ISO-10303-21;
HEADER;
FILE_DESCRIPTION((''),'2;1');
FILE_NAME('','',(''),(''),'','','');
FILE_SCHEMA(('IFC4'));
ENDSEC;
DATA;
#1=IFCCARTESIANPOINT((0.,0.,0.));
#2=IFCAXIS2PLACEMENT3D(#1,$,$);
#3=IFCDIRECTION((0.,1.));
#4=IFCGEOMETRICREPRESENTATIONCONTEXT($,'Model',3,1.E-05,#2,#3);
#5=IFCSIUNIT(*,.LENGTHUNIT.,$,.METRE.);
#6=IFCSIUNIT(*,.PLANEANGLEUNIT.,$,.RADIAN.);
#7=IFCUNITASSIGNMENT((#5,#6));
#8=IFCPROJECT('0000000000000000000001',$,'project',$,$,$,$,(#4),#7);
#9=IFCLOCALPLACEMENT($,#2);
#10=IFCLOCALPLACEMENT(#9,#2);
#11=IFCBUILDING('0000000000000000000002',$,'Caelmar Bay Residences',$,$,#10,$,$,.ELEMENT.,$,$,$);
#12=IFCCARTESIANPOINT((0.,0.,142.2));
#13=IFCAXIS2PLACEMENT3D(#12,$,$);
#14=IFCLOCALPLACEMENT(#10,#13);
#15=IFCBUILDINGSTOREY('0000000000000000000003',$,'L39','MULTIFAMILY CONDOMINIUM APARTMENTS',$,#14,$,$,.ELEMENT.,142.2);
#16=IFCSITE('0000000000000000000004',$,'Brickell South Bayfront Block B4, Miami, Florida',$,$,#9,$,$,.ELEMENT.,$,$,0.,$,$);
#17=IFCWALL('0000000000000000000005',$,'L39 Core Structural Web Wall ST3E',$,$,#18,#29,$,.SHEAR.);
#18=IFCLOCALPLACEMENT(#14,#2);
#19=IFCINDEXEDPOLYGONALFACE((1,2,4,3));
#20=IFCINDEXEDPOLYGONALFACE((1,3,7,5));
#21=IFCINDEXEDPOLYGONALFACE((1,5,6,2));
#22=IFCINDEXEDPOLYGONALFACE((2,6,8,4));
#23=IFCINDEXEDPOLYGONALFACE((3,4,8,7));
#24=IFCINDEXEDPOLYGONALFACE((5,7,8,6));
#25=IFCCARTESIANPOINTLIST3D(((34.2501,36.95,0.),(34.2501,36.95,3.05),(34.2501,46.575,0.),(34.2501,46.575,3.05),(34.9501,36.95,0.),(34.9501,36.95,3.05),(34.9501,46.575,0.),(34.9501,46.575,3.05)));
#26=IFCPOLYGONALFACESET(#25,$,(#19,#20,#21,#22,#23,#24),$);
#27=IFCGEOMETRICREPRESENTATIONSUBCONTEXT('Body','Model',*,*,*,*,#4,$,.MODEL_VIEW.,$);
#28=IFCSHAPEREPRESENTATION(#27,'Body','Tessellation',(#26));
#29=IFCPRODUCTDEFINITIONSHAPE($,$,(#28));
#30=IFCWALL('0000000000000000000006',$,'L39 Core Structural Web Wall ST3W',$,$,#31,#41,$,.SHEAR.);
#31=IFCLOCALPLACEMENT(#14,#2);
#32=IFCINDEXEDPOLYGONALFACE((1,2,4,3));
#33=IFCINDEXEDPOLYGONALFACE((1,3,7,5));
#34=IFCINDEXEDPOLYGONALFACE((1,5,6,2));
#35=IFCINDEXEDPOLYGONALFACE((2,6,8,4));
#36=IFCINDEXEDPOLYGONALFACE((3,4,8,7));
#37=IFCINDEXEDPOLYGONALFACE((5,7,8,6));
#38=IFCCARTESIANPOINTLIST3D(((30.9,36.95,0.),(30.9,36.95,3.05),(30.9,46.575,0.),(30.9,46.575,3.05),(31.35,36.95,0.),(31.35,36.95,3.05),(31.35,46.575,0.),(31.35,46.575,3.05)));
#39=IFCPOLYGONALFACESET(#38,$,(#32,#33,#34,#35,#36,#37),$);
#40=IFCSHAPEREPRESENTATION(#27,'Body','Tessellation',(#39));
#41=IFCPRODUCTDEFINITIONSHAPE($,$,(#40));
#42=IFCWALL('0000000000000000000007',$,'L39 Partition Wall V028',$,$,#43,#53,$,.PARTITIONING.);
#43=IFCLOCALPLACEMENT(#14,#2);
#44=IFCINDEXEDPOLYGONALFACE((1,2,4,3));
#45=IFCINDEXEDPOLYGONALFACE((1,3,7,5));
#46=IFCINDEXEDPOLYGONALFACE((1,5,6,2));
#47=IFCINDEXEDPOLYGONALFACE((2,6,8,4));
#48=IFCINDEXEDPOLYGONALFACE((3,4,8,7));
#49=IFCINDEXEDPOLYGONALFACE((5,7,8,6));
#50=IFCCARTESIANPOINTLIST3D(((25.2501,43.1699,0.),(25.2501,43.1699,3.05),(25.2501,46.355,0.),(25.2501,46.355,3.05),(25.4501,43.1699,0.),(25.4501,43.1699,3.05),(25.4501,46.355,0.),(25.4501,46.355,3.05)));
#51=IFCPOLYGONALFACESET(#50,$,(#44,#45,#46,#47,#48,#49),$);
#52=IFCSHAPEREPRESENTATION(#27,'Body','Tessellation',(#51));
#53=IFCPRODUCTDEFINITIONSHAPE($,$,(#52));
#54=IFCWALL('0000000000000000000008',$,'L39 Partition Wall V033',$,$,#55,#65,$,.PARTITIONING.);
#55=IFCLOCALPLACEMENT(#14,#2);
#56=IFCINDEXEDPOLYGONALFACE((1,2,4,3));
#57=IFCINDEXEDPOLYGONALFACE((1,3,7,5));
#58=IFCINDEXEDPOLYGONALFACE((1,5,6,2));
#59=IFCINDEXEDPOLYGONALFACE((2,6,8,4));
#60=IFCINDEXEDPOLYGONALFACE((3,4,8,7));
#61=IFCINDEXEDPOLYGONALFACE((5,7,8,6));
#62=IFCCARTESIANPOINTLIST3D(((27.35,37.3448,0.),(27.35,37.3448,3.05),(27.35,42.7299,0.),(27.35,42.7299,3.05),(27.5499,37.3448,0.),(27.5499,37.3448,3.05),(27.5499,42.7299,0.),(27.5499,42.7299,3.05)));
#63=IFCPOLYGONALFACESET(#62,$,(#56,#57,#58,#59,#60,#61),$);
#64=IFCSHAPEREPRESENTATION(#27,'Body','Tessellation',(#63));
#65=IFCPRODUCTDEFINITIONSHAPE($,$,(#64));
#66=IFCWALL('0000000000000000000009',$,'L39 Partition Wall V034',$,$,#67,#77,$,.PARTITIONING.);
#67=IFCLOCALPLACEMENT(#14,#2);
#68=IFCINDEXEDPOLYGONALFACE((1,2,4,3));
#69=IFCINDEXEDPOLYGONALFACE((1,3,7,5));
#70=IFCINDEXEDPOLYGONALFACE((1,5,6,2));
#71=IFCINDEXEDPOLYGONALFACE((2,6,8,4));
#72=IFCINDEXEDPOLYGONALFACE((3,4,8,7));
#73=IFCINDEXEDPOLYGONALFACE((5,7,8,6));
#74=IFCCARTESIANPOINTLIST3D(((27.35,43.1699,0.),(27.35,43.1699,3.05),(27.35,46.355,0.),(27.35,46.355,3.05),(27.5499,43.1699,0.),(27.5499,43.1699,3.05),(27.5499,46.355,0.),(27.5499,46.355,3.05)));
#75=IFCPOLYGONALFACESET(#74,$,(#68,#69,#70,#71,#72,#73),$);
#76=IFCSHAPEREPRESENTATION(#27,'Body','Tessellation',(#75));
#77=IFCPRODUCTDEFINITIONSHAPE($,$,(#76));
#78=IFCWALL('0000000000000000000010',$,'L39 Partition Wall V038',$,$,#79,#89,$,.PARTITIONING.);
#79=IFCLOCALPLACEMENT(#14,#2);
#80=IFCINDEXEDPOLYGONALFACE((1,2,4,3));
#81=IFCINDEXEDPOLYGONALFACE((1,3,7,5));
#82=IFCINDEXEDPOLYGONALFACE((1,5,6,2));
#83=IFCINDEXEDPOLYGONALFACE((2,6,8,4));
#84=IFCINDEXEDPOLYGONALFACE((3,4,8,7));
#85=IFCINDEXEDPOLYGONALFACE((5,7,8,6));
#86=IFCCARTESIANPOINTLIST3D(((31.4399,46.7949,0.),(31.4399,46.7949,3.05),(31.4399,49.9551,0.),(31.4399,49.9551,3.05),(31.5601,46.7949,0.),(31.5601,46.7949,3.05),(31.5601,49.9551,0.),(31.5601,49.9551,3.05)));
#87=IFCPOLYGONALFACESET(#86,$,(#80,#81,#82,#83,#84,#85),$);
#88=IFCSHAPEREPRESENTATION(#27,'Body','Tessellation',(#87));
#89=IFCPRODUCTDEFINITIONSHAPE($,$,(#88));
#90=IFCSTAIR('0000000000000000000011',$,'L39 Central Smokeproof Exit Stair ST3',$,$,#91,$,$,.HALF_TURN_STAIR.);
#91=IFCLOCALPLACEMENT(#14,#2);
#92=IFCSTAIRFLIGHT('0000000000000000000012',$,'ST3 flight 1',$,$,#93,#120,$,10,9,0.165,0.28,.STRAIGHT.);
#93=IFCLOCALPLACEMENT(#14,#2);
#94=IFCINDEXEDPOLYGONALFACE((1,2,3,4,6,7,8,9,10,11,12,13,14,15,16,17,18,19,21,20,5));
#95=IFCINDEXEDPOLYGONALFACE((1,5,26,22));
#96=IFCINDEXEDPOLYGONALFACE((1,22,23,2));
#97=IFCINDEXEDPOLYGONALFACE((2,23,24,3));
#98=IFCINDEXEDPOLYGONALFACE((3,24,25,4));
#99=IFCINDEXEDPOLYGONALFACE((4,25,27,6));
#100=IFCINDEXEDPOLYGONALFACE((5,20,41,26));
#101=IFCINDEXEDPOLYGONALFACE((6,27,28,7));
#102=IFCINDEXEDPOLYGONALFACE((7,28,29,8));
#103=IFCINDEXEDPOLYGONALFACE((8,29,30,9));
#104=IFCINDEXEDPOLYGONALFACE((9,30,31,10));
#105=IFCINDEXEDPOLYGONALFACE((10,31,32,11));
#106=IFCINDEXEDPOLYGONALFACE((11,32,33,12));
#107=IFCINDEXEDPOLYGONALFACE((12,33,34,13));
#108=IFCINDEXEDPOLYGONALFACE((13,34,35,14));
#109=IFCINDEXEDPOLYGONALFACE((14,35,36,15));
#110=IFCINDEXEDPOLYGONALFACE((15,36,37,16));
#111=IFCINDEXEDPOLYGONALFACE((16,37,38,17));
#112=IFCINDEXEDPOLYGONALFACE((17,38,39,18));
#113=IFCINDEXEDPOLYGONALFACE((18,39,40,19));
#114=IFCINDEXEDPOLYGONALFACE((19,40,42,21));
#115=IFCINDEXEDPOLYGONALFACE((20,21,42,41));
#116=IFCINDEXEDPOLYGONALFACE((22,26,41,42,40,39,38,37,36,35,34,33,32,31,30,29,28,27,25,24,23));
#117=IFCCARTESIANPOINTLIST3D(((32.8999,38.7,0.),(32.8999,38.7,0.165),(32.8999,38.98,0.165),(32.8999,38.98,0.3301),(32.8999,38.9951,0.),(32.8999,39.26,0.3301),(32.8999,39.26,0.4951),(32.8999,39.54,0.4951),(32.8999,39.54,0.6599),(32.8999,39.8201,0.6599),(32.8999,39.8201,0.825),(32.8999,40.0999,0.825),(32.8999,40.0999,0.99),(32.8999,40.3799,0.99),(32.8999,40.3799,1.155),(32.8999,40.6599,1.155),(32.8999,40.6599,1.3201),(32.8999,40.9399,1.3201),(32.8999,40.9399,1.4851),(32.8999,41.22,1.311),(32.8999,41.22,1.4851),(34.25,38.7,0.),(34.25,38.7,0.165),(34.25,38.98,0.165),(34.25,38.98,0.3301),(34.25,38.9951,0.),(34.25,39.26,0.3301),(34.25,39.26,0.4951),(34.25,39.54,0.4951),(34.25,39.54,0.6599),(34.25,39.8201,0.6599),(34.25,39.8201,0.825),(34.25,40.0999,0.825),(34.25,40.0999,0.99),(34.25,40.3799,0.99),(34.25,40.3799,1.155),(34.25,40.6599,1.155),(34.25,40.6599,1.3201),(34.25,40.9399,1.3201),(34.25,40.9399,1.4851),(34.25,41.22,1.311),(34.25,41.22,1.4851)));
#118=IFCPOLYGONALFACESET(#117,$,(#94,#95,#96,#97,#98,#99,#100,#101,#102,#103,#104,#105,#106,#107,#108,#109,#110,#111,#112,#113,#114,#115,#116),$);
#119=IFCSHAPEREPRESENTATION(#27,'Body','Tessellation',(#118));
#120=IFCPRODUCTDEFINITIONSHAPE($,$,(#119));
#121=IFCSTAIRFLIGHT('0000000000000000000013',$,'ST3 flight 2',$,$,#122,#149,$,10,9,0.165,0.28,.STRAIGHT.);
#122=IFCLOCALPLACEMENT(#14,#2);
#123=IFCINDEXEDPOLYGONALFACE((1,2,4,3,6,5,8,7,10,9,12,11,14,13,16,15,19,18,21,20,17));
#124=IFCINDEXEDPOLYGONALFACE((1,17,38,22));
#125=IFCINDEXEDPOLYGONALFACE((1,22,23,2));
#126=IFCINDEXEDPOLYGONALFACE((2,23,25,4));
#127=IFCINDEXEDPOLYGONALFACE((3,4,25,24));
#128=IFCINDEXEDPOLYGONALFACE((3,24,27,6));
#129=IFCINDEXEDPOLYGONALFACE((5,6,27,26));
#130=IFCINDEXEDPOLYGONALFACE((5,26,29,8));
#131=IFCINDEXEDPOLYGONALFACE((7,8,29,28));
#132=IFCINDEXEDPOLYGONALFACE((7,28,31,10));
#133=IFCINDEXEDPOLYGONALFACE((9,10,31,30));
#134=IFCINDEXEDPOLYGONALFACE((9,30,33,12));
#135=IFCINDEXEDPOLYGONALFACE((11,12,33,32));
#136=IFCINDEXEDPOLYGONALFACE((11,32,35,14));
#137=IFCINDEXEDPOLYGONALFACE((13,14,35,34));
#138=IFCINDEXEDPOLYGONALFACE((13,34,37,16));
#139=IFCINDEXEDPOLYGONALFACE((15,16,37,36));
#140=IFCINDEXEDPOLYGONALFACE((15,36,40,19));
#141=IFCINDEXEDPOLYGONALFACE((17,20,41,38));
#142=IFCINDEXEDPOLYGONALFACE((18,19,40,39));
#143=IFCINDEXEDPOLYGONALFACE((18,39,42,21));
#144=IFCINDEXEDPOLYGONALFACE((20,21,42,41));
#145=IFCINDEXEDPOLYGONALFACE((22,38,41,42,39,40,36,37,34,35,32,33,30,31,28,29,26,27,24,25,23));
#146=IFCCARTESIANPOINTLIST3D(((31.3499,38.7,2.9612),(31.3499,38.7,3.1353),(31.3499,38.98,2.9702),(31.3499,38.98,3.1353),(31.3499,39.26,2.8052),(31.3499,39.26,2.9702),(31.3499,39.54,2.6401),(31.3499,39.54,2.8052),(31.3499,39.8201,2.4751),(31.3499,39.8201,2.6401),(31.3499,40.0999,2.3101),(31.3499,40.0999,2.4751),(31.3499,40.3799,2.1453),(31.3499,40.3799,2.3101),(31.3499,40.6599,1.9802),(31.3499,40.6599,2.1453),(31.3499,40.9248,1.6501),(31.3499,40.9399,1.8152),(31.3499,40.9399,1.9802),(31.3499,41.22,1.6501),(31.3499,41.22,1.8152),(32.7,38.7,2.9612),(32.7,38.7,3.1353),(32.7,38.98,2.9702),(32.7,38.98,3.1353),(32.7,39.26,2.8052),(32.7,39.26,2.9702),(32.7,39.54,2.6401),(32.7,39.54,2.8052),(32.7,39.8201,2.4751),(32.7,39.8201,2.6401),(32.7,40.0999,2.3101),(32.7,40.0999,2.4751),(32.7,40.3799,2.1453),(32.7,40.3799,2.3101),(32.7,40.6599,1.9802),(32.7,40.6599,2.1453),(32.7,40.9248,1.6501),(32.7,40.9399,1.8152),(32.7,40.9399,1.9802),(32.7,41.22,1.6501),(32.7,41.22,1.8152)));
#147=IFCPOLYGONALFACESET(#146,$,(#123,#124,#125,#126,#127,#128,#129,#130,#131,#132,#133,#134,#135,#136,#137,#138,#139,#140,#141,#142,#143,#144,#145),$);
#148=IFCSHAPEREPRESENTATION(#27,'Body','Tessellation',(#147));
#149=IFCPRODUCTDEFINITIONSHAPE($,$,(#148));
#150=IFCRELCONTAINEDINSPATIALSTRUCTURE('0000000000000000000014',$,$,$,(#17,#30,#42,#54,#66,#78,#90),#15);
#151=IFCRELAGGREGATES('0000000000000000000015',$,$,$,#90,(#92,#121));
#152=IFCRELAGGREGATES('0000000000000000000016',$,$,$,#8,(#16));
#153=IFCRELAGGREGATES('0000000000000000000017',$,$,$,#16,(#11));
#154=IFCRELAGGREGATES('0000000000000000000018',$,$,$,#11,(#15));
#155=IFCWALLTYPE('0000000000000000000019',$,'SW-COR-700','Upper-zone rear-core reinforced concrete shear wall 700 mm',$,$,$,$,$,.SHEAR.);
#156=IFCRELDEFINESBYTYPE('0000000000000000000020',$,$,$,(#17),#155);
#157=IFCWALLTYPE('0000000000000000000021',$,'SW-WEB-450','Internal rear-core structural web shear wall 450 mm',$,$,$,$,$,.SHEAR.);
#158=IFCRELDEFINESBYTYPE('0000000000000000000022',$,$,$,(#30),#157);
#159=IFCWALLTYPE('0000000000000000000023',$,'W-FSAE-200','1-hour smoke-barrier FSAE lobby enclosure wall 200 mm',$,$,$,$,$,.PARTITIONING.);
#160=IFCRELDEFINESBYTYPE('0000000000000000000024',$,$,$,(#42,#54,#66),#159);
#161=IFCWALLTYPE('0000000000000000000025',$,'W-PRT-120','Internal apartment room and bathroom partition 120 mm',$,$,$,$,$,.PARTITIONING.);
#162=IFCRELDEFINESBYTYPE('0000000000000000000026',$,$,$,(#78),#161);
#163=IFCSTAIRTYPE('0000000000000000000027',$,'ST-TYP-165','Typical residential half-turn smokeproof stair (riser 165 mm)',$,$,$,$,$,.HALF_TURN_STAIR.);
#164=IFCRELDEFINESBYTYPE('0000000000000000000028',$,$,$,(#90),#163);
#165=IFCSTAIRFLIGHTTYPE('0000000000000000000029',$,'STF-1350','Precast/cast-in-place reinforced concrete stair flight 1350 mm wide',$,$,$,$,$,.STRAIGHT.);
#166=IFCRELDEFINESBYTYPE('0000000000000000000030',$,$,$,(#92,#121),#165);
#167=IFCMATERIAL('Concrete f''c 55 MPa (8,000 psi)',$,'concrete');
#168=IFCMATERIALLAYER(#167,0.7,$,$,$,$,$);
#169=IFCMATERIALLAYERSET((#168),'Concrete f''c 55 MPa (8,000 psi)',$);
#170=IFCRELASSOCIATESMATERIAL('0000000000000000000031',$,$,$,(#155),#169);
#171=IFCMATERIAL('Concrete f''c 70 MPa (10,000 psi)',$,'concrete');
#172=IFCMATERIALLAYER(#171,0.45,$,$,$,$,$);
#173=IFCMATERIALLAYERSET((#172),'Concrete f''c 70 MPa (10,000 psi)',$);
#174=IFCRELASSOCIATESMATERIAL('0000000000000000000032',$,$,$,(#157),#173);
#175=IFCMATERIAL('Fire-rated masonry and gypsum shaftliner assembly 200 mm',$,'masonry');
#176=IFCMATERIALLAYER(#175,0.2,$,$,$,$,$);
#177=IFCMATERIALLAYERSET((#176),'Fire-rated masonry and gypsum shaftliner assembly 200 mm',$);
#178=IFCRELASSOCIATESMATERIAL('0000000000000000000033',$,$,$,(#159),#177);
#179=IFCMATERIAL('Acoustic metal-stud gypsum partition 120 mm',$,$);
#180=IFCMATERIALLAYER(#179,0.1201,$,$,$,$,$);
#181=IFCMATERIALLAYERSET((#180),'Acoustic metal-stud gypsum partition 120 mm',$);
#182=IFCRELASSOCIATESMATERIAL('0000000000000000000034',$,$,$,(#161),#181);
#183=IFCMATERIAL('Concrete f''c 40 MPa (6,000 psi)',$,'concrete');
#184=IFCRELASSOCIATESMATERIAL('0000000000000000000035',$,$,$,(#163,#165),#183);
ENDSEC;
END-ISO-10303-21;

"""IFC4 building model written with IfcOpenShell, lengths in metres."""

from ifc_helpers import new_model, si_unit, direction, frame, frame_2d, origin, place, context, subcontext, project, spatial, polyline, rectangle, outline, extrude, material, layer, layer_set, type_object, element, aggregate, save


model = new_model("IFC4")

# Units and contexts
model_context = context("Model", 3, precision=1e-05, world=origin(), true_north=direction((0.0, 1.0)))
body_context = subcontext(model_context, "Body", "Model", "MODEL_VIEW")
ifc_project = project(units=[si_unit("LENGTHUNIT", "METRE"), si_unit("PLANEANGLEUNIT", "RADIAN")], contexts=[model_context])

# Site, building, storey
site_placement = place(None, origin())
site = spatial("IfcSite", under=ifc_project, at=site_placement, Name="Brickell South Bayfront Block B4, Miami, Florida", CompositionType="ELEMENT", RefElevation=0.0)
building_placement = place(site_placement, origin())
building = spatial("IfcBuilding", under=site, at=building_placement, Name="Caelmar Bay Residences", CompositionType="ELEMENT")
storey_placement = place(building_placement, frame((0.0, 0.0, 142.2)))
storey = spatial("IfcBuildingStorey", under=building, at=storey_placement, Name="L39", Description="MULTIFAMILY CONDOMINIUM APARTMENTS", CompositionType="ELEMENT", Elevation=142.2)

# Walls
ifc_material_1 = material(Name="Concrete f'c 55 MPa (8,000 psi)", Category="concrete")
ifc_layer_1 = layer(ifc_material_1, 0.7)
ifc_layer_set_1 = layer_set([ifc_layer_1], Name="Concrete f'c 55 MPa (8,000 psi)")
wall_type_1 = type_object("IfcWallType", Name="SW-COR-700", Description="Upper-zone rear-core reinforced concrete shear wall 700 mm", PredefinedType="SHEAR", material=ifc_layer_set_1)
wall_1_placement = place(storey_placement, frame((34.6001, 36.95, 0.0), z_axis=(0.0, 0.0, 1.0), x_axis=(0.0, 1.0, 0.0)))
element("IfcWall", 1, at=wall_1_placement, inside=storey, type_object=wall_type_1, Name="L39 Core Structural Web Wall ST3E", PredefinedType="SHEAR", context=body_context, shape_type="SweptSolid", body=[
    extrude(rectangle(XDim=9.625, YDim=0.7, at=frame_2d((4.8125, 0.0))), origin(), (0.0, 0.0, 1.0), 3.05),
])
ifc_material_2 = material(Name="Concrete f'c 70 MPa (10,000 psi)", Category="concrete")
ifc_layer_2 = layer(ifc_material_2, 0.45)
ifc_layer_set_2 = layer_set([ifc_layer_2], Name="Concrete f'c 70 MPa (10,000 psi)")
wall_type_2 = type_object("IfcWallType", Name="SW-WEB-450", Description="Internal rear-core structural web shear wall 450 mm", PredefinedType="SHEAR", material=ifc_layer_set_2)
wall_2_placement = place(storey_placement, frame((31.125, 36.95, 0.0), z_axis=(0.0, 0.0, 1.0), x_axis=(0.0, 1.0, 0.0)))
element("IfcWall", 2, at=wall_2_placement, inside=storey, type_object=wall_type_2, Name="L39 Core Structural Web Wall ST3W", PredefinedType="SHEAR", context=body_context, shape_type="SweptSolid", body=[
    extrude(rectangle(XDim=9.625, YDim=0.45, at=frame_2d((4.8125, 0.0))), origin(), (0.0, 0.0, 1.0), 3.05),
])
ifc_material_3 = material(Name="Fire-rated masonry and gypsum shaftliner assembly 200 mm", Category="masonry")
ifc_layer_3 = layer(ifc_material_3, 0.2)
ifc_layer_set_3 = layer_set([ifc_layer_3], Name="Fire-rated masonry and gypsum shaftliner assembly 200 mm")
wall_type_3 = type_object("IfcWallType", Name="W-FSAE-200", Description="1-hour smoke-barrier FSAE lobby enclosure wall 200 mm", PredefinedType="PARTITIONING", material=ifc_layer_set_3)
wall_3_placement = place(storey_placement, frame((25.3501, 43.1699, 0.0), z_axis=(0.0, 0.0, 1.0), x_axis=(0.0, 1.0, 0.0)))
element("IfcWall", 3, at=wall_3_placement, inside=storey, type_object=wall_type_3, Name="L39 Partition Wall V028", PredefinedType="PARTITIONING", context=body_context, shape_type="SweptSolid", body=[
    extrude(rectangle(XDim=3.1851, YDim=0.2, at=frame_2d((1.5925, 0.0))), origin(), (0.0, 0.0, 1.0), 3.05),
])
wall_4_placement = place(storey_placement, frame((27.45, 37.345, 0.0), z_axis=(0.0, 0.0, 1.0), x_axis=(0.0, 1.0, 0.0)))
element("IfcWall", 4, at=wall_4_placement, inside=storey, type_object=wall_type_3, Name="L39 Partition Wall V033", PredefinedType="PARTITIONING", context=body_context, shape_type="SweptSolid", body=[
    extrude(rectangle(XDim=5.385, YDim=0.2, at=frame_2d((2.6924, 0.0))), origin(), (0.0, 0.0, 1.0), 3.05),
])
wall_5_placement = place(storey_placement, frame((27.45, 43.1699, 0.0), z_axis=(0.0, 0.0, 1.0), x_axis=(0.0, 1.0, 0.0)))
element("IfcWall", 5, at=wall_5_placement, inside=storey, type_object=wall_type_3, Name="L39 Partition Wall V034", PredefinedType="PARTITIONING", context=body_context, shape_type="SweptSolid", body=[
    extrude(rectangle(XDim=3.1851, YDim=0.2, at=frame_2d((1.5925, 0.0))), origin(), (0.0, 0.0, 1.0), 3.05),
])
ifc_material_4 = material(Name="Acoustic metal-stud gypsum partition 120 mm")
ifc_layer_4 = layer(ifc_material_4, 0.1201)
ifc_layer_set_4 = layer_set([ifc_layer_4], Name="Acoustic metal-stud gypsum partition 120 mm")
wall_type_4 = type_object("IfcWallType", Name="W-PRT-120", Description="Internal apartment room and bathroom partition 120 mm", PredefinedType="PARTITIONING", material=ifc_layer_set_4)
wall_6_placement = place(storey_placement, frame((31.5, 46.7949, 0.0), z_axis=(0.0, 0.0, 1.0), x_axis=(0.0, 1.0, 0.0)))
element("IfcWall", 6, at=wall_6_placement, inside=storey, type_object=wall_type_4, Name="L39 Partition Wall V038", PredefinedType="PARTITIONING", context=body_context, shape_type="SweptSolid", body=[
    extrude(rectangle(XDim=3.1602, YDim=0.1201, at=frame_2d((1.5801, 0.0))), origin(), (0.0, 0.0, 1.0), 3.05),
])

# Stair, stair flights
ifc_material_5 = material(Name="Concrete f'c 40 MPa (6,000 psi)", Category="concrete")
stair_type = type_object("IfcStairType", Name="ST-TYP-165", Description="Typical residential half-turn smokeproof stair (riser 165 mm)", PredefinedType="HALF_TURN_STAIR", material=ifc_material_5)
stair_placement = place(storey_placement, origin())
stair = element("IfcStair", 7, at=stair_placement, inside=storey, type_object=stair_type, Name="L39 Central Smokeproof Exit Stair ST3", PredefinedType="HALF_TURN_STAIR")
stair_flight_type = type_object("IfcStairFlightType", Name="STF-1350", Description="Precast/cast-in-place reinforced concrete stair flight 1350 mm wide", PredefinedType="STRAIGHT", material=ifc_material_5)
stair_flight_1_placement = place(storey_placement, frame((33.575, 38.7, 0.0), z_axis=(0.0, 0.0, 1.0), x_axis=(0.0, 1.0, 0.0)))
stair_flight_1 = element("IfcStairFlight", 8, at=stair_flight_1_placement, type_object=stair_flight_type, Name="ST3 flight 1", NumberOfRisers=10, NumberOfTreads=9, PredefinedType="STRAIGHT", RiserHeight=0.165, TreadLength=0.28, context=body_context, shape_type="SweptSolid", body=[
    extrude(outline(polyline([(0.0, 0.0), (0.0, 0.165), (0.28, 0.165), (0.28, 0.3301), (0.5601, 0.3301), (0.5601, 0.4951), (0.8401, 0.4951), (0.8401, 0.6599), (1.1201, 0.6599), (1.1201, 0.825), (1.3999, 0.825), (1.3999, 0.99), (1.6799, 0.99), (1.6799, 1.155), (1.96, 1.155), (1.96, 1.3201), (2.24, 1.3201), (2.24, 1.4851), (2.52, 1.4851), (2.52, 1.6499), (2.52, 1.311), (0.2952, 0.0), (0.0, 0.0)])), frame((0.0, 0.675, 0.0), z_axis=(0.0, -1.0, 0.0), x_axis=(1.0, 0.0, 0.0)), (0.0, 0.0, 1.0), 1.3501),
])
stair_flight_2_placement = place(storey_placement, frame((32.0249, 41.22, 1.6501), z_axis=(0.0, 0.0, 1.0), x_axis=(0.0, -1.0, 0.0)))
stair_flight_2 = element("IfcStairFlight", 9, at=stair_flight_2_placement, type_object=stair_flight_type, Name="ST3 flight 2", NumberOfRisers=10, NumberOfTreads=9, PredefinedType="STRAIGHT", RiserHeight=0.165, TreadLength=0.28, context=body_context, shape_type="SweptSolid", body=[
    extrude(outline(polyline([(0.0, 0.0), (0.0, 0.165), (0.28, 0.165), (0.28, 0.3301), (0.5601, 0.3301), (0.5601, 0.4951), (0.8401, 0.4951), (0.8401, 0.6599), (1.1201, 0.6599), (1.1201, 0.825), (1.3999, 0.825), (1.3999, 0.99), (1.6799, 0.99), (1.6799, 1.155), (1.96, 1.155), (1.96, 1.3201), (2.24, 1.3201), (2.24, 1.4851), (2.52, 1.4851), (2.52, 1.6499), (2.52, 1.311), (0.2952, 0.0), (0.0, 0.0)])), frame((0.0, 0.675, 0.0), z_axis=(0.0, -1.0, 0.0), x_axis=(1.0, 0.0, 0.0)), (0.0, 0.0, 1.0), 1.3501),
])
aggregate(stair, [stair_flight_1, stair_flight_2])

save(model, "model.ifc")
